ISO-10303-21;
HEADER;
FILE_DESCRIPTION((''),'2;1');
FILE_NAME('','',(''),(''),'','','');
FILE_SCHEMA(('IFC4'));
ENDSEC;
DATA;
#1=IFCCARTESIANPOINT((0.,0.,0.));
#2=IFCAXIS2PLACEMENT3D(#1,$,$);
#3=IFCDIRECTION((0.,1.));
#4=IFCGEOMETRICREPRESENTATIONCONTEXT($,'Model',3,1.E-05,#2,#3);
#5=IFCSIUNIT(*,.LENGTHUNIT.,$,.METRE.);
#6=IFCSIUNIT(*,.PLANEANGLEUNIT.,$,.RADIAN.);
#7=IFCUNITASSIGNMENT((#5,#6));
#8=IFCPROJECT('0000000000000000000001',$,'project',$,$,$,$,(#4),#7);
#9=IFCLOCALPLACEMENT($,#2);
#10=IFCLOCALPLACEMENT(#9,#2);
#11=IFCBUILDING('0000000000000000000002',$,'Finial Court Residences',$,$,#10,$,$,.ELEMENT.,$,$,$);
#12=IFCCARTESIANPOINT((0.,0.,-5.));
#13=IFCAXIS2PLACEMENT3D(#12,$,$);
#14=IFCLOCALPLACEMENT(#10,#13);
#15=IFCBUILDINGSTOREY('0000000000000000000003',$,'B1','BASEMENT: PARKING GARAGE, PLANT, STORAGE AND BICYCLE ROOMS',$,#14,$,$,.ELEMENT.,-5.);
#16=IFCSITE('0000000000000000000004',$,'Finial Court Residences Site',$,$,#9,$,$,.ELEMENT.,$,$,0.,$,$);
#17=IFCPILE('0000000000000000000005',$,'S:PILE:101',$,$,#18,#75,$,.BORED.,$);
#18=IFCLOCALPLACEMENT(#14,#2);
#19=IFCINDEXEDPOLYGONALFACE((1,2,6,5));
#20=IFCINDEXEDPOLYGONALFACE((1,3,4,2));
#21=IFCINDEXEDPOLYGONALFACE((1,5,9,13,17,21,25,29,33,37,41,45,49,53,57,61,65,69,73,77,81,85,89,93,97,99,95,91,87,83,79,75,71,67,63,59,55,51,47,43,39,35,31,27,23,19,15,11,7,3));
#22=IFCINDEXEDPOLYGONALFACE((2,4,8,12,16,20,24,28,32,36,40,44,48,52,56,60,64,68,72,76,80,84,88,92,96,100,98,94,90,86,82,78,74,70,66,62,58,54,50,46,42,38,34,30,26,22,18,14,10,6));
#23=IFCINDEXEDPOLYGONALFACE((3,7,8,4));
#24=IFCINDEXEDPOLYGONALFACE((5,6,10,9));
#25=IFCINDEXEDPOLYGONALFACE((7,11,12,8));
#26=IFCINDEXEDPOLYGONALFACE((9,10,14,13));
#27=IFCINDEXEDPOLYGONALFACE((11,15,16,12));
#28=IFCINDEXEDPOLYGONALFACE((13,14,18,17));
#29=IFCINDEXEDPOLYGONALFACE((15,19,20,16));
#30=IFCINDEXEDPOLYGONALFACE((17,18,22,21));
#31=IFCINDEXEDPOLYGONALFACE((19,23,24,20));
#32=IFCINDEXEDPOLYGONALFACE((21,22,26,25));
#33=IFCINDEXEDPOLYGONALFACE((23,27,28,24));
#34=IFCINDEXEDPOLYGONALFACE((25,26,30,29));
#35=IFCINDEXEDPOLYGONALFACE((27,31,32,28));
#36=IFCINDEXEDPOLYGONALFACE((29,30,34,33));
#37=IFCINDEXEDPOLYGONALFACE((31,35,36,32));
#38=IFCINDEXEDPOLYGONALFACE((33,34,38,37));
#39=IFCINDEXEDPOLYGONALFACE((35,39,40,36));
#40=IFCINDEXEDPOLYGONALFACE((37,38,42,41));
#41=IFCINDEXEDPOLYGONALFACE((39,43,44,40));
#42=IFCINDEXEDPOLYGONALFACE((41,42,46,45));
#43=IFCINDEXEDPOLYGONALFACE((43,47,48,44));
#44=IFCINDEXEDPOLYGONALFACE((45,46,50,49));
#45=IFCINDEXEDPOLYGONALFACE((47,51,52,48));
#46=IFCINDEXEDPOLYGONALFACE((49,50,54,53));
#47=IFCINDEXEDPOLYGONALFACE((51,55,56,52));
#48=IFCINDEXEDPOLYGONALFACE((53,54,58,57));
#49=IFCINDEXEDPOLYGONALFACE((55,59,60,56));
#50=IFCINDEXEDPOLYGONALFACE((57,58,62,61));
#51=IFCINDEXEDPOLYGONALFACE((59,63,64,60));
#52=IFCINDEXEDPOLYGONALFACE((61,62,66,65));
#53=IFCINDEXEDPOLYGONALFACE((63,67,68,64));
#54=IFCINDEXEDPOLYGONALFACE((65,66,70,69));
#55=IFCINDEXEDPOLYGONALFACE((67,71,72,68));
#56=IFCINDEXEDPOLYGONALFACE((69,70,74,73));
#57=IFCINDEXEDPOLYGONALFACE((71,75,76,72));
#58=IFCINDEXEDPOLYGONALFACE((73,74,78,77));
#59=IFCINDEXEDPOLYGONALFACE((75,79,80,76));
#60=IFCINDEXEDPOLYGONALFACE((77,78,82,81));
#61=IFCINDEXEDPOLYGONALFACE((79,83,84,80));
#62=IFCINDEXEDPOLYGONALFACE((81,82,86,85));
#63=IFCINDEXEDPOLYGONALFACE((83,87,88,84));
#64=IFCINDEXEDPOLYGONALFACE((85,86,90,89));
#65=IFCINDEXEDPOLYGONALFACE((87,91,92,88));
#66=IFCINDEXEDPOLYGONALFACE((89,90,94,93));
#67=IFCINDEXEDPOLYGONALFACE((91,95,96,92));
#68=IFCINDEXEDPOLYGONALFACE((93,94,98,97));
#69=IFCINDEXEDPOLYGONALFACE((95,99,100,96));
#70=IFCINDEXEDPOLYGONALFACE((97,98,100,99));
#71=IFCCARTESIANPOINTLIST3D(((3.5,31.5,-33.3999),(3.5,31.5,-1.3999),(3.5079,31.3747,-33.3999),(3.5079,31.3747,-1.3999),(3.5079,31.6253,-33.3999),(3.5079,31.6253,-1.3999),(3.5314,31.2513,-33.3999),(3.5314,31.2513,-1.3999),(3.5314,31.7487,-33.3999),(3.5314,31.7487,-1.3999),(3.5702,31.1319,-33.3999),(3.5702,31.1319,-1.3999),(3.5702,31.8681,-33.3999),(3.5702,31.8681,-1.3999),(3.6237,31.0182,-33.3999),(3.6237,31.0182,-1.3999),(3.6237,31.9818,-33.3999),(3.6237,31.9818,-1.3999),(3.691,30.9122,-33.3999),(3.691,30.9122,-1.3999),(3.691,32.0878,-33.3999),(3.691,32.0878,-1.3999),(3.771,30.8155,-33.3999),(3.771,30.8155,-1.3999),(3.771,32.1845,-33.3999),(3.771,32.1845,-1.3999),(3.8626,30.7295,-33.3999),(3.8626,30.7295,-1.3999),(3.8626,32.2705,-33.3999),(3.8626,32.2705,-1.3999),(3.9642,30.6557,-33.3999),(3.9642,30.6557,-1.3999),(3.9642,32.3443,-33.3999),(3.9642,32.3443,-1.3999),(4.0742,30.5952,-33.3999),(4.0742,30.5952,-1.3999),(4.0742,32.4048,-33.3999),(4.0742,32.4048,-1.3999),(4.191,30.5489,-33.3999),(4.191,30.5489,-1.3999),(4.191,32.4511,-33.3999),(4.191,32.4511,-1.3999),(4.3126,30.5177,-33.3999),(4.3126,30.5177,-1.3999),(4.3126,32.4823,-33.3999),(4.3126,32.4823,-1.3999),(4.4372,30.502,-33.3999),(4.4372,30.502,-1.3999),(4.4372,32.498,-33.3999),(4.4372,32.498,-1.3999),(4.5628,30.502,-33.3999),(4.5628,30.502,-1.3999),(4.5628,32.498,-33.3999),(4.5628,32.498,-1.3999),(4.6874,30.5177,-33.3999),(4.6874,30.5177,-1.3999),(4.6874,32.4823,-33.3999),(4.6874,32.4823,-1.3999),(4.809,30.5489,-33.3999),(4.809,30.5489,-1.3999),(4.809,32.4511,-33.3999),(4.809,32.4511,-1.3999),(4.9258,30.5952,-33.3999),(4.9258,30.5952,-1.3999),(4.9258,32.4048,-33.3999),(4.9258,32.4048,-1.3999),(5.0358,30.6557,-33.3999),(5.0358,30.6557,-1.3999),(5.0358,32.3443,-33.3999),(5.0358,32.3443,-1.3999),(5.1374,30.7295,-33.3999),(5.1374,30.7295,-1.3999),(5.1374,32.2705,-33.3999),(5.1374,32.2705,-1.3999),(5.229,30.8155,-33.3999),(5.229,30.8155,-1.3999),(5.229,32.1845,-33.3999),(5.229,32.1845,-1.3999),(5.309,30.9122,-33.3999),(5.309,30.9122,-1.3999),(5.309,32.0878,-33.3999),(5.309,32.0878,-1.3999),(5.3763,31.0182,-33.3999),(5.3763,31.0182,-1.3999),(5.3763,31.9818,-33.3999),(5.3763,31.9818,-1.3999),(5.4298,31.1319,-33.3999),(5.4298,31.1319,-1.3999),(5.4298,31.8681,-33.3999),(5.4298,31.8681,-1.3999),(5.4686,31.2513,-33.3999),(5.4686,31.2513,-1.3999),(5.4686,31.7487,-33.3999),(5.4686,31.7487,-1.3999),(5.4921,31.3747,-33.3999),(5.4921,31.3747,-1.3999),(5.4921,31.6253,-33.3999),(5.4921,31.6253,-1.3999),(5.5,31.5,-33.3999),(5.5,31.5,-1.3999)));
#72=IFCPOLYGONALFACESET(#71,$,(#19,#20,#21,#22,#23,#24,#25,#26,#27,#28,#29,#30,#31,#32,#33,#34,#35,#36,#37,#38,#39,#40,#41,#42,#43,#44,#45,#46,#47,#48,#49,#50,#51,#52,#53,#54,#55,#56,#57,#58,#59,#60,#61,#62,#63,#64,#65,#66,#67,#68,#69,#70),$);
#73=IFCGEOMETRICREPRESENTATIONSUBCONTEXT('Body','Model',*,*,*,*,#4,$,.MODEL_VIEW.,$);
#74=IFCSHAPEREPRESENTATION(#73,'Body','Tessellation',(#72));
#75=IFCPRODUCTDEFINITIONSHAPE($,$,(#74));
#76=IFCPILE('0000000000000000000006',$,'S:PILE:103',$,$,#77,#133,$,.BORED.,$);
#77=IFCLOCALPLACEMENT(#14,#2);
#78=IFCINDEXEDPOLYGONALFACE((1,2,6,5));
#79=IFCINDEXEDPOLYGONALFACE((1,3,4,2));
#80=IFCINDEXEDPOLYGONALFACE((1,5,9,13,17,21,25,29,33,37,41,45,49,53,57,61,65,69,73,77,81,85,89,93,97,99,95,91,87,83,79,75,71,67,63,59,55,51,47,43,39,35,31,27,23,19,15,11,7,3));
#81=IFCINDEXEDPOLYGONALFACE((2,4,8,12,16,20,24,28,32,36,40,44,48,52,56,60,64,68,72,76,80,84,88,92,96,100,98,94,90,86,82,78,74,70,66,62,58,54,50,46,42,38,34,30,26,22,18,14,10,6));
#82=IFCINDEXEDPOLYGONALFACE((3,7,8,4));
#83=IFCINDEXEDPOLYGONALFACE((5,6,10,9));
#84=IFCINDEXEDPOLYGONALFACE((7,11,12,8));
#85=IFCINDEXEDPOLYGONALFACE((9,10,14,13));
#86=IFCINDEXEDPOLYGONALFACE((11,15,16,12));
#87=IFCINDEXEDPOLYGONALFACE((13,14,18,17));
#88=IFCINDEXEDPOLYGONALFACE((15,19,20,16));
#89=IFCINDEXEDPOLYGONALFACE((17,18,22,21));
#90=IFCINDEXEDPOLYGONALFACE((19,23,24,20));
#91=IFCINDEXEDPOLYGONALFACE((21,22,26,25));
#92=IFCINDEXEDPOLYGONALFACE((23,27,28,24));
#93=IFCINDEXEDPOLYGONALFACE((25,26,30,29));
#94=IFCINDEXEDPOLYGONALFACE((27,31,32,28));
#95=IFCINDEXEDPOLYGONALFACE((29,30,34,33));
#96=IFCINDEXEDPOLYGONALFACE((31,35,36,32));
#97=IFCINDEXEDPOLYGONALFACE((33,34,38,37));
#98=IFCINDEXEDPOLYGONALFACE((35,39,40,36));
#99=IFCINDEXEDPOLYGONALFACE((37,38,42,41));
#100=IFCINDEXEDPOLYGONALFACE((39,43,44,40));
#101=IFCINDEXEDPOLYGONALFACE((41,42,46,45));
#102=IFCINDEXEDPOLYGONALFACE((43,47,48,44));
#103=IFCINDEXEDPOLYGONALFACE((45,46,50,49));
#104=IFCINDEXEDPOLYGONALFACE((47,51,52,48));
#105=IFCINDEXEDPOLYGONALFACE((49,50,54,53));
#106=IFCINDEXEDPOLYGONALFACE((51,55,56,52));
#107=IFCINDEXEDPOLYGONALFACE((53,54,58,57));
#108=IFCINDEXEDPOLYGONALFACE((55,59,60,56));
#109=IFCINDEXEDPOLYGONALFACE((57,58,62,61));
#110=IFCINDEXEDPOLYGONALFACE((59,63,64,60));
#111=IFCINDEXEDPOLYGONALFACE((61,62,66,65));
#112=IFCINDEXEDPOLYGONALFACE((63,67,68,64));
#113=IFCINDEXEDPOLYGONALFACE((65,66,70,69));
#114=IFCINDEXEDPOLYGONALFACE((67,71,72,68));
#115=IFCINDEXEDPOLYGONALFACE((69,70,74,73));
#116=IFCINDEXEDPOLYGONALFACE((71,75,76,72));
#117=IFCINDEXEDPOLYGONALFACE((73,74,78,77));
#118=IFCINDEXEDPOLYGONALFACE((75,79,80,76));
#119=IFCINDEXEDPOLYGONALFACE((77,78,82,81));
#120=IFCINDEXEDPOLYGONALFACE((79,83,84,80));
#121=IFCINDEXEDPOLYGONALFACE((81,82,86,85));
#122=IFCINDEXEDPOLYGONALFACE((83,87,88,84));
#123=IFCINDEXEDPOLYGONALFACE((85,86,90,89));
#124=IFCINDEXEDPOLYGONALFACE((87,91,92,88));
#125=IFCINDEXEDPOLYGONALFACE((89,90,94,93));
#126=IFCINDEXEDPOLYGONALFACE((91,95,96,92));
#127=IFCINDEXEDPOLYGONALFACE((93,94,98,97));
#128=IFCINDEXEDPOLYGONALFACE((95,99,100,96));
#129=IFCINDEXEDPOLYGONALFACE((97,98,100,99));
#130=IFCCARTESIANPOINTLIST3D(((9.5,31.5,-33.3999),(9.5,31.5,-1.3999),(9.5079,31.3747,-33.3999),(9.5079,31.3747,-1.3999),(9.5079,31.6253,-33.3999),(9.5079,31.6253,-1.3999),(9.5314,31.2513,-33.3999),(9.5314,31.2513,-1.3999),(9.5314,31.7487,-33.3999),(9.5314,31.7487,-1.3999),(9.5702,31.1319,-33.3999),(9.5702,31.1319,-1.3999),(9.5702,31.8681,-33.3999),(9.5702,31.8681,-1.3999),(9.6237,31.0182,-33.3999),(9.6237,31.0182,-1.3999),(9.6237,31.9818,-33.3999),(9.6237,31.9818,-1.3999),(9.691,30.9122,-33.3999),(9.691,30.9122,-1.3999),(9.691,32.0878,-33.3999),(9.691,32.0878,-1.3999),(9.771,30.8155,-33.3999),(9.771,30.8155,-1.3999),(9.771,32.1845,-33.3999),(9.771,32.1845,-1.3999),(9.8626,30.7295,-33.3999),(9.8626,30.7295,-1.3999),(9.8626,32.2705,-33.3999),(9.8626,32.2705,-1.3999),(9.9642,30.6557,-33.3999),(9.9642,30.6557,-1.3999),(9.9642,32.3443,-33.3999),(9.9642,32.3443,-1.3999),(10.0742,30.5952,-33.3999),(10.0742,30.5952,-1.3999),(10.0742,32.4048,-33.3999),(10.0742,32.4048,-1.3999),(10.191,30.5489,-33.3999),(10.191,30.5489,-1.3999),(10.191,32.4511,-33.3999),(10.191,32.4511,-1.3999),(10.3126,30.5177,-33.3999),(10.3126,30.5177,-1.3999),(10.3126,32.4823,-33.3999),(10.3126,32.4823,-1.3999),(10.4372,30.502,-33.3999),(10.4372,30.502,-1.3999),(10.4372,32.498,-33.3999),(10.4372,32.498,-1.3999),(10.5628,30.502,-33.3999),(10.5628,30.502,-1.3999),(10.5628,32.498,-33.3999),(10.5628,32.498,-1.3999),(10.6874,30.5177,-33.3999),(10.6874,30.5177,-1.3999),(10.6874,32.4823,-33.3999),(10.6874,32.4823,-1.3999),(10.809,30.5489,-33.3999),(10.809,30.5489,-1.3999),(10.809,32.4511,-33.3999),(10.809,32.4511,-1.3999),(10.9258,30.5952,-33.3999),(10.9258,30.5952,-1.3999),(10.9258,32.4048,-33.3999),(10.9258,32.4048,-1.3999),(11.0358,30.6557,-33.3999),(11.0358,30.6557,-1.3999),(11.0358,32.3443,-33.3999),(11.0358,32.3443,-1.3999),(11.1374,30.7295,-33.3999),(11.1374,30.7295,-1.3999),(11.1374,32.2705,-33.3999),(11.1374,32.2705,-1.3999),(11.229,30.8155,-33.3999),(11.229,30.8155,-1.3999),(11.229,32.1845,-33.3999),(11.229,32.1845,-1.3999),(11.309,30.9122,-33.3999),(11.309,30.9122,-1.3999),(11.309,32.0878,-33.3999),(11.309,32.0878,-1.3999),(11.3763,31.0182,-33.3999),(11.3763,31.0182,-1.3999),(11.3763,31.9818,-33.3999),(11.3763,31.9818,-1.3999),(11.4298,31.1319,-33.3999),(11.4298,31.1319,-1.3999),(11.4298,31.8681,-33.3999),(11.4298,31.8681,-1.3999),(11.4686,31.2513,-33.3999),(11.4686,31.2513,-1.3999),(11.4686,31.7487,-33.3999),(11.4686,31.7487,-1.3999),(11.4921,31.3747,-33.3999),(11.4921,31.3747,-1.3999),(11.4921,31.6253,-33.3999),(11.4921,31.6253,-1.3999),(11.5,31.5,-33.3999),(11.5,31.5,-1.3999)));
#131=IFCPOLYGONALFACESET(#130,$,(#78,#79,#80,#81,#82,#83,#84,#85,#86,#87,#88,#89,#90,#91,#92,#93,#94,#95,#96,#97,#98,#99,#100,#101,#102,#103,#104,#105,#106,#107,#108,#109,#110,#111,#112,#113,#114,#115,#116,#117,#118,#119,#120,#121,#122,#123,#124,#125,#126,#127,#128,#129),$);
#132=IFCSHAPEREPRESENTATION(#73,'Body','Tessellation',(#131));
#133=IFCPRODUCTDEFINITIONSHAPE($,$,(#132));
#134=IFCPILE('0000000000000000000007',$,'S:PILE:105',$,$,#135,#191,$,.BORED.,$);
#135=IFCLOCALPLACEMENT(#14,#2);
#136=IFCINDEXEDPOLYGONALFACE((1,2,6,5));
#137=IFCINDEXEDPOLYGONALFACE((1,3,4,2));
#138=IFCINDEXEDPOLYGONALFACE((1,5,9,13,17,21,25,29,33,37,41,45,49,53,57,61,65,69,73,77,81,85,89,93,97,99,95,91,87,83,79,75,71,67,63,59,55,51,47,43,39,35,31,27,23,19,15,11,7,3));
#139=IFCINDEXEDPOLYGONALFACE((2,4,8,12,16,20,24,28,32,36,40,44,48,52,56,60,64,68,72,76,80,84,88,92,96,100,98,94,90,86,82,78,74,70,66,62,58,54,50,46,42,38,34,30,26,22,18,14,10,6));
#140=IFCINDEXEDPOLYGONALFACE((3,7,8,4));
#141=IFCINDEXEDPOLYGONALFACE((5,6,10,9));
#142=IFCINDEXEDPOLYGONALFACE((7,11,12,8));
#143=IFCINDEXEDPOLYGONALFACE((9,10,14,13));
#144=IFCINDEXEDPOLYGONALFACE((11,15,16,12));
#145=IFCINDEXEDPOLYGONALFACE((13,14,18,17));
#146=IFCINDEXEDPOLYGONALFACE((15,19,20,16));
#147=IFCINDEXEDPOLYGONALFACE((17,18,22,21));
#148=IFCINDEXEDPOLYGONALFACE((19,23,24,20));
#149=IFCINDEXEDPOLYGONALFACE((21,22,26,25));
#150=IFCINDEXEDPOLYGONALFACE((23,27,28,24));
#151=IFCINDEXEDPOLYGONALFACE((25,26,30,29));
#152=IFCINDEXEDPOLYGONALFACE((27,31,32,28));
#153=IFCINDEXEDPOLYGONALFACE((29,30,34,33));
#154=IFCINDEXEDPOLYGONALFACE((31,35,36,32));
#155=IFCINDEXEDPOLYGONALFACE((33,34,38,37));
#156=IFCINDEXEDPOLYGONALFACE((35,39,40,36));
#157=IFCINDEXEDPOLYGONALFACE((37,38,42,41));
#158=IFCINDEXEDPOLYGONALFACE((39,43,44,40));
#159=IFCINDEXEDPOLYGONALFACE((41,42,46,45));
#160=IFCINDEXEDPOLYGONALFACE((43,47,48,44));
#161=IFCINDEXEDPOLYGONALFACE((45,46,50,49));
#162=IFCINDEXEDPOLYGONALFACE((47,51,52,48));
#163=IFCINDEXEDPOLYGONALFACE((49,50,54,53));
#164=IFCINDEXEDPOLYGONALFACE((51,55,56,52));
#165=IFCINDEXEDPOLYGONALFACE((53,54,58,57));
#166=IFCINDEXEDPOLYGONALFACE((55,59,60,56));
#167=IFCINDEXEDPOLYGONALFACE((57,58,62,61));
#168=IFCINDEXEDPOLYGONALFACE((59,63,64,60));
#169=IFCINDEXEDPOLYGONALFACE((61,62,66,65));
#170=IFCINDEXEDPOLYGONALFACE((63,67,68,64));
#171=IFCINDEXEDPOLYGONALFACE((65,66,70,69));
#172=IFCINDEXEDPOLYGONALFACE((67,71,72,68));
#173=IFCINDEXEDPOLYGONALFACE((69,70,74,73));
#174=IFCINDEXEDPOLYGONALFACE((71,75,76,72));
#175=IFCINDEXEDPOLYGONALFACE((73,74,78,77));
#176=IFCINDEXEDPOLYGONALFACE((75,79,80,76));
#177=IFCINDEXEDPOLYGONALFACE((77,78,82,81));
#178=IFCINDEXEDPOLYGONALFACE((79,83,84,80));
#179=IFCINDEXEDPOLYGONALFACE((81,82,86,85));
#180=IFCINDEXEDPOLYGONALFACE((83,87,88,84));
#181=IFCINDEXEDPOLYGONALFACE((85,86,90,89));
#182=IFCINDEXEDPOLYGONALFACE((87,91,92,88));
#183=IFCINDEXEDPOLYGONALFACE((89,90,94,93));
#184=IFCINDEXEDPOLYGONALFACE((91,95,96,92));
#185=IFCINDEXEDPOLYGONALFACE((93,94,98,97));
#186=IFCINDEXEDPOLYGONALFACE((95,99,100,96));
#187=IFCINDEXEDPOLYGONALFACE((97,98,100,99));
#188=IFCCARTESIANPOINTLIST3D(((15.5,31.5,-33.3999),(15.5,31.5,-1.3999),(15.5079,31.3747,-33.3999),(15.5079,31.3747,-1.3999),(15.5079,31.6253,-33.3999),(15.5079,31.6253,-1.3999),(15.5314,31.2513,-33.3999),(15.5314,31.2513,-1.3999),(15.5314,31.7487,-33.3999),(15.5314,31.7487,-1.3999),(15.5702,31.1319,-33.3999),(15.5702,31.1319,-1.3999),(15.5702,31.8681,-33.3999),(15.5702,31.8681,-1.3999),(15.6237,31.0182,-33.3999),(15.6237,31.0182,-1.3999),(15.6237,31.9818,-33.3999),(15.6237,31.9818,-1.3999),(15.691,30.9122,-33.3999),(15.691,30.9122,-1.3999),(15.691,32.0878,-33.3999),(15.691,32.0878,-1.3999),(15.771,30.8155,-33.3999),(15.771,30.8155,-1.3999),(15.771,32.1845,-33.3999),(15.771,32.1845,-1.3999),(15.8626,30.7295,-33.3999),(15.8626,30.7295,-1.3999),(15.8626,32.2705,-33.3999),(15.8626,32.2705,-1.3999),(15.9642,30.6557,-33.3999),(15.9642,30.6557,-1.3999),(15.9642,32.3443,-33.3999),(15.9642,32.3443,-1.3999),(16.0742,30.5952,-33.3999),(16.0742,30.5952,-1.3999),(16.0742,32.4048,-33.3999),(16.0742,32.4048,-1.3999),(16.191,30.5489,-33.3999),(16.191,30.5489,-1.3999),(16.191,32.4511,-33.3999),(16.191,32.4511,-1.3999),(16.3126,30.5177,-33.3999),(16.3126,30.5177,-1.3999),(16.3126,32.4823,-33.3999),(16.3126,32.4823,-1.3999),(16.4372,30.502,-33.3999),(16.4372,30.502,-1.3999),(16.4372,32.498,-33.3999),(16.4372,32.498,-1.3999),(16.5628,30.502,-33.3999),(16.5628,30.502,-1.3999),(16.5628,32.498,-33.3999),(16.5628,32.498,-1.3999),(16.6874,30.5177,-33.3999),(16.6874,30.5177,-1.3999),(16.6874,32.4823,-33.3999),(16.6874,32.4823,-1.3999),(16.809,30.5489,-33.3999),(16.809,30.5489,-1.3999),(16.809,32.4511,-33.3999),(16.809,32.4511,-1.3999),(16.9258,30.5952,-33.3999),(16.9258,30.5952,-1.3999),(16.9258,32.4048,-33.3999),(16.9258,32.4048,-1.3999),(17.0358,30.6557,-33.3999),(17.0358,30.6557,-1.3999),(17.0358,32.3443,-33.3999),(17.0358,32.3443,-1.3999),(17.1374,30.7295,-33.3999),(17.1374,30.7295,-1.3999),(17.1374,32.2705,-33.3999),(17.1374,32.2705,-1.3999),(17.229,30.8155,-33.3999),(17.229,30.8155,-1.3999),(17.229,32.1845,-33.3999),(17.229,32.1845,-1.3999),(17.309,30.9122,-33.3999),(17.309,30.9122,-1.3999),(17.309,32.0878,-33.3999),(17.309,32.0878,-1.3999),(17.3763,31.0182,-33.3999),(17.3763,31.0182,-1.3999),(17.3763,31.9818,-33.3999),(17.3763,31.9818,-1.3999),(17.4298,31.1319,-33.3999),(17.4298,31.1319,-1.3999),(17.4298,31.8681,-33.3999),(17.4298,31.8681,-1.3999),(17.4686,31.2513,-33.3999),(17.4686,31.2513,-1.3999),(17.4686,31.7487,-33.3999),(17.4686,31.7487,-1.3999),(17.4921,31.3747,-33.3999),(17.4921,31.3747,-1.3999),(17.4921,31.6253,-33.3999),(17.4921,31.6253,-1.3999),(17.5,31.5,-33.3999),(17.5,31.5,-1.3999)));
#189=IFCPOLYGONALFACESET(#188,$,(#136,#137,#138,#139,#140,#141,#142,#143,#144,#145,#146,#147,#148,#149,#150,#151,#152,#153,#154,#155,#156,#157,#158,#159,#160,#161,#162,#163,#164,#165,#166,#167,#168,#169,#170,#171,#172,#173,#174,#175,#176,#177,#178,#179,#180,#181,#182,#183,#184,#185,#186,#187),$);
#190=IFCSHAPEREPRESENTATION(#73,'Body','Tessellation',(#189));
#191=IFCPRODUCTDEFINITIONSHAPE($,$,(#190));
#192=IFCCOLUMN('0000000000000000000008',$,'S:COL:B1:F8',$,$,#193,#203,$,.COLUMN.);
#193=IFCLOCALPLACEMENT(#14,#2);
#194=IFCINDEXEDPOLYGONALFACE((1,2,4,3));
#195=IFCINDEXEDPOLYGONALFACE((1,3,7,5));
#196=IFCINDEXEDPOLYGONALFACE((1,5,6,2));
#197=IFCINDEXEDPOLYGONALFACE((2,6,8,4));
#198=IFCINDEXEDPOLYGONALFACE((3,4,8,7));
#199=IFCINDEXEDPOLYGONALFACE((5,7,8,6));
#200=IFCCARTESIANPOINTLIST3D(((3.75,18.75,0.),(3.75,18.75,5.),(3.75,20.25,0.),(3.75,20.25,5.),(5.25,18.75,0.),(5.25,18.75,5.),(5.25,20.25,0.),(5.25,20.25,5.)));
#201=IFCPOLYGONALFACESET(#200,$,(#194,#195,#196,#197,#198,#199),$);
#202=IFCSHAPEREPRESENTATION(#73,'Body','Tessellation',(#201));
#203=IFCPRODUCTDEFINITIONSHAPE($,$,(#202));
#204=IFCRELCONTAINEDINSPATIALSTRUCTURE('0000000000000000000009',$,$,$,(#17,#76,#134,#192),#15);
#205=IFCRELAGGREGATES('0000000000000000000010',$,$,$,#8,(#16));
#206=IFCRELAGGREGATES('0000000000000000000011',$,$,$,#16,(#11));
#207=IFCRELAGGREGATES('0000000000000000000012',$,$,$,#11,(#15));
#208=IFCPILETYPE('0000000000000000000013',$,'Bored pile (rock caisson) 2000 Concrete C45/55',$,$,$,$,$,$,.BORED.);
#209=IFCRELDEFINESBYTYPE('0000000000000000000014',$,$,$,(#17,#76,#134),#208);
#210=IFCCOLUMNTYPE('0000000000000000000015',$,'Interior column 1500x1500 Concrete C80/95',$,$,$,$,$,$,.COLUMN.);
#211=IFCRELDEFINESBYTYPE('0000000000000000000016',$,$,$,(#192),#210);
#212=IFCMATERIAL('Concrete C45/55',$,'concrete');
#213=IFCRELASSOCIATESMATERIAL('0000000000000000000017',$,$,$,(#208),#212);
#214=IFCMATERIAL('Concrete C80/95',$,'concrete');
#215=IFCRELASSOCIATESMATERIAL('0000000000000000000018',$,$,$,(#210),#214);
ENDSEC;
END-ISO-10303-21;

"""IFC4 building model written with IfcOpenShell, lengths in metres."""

from ifc_helpers import new_model, si_unit, direction, frame, origin, origin_2d, place, context, subcontext, project, spatial, rectangle, circle, extrude, material, material_profile, profile_set, type_object, element, save


model = new_model("IFC4")

# Units and contexts
model_context = context("Model", 3, precision=1e-05, world=origin(), true_north=direction((0.0, 1.0)))
body_context = subcontext(model_context, "Body", "Model", "MODEL_VIEW")
ifc_project = project(units=[si_unit("LENGTHUNIT", "METRE"), si_unit("PLANEANGLEUNIT", "RADIAN")], contexts=[model_context])

# Site, building, storey
site_placement = place(None, origin())
site = spatial("IfcSite", under=ifc_project, at=site_placement, Name="Finial Court Residences Site", CompositionType="ELEMENT", RefElevation=0.0)
building_placement = place(site_placement, origin())
building = spatial("IfcBuilding", under=site, at=building_placement, Name="Finial Court Residences", CompositionType="ELEMENT")
storey_placement = place(building_placement, frame((0.0, 0.0, -5.0)))
storey = spatial("IfcBuildingStorey", under=building, at=storey_placement, Name="B1", Description="BASEMENT: PARKING GARAGE, PLANT, STORAGE AND BICYCLE ROOMS", CompositionType="ELEMENT", Elevation=-5.0)

# Piles
ifc_material_1 = material(Name="Concrete C45/55", Category="concrete")
ifc_material_profile_1 = material_profile(ifc_material_1, circle(Radius=1.0, at=origin_2d()), Name="D2000")
ifc_profile_set_1 = profile_set([ifc_material_profile_1], Name="Concrete C45/55")
pile_type = type_object("IfcPileType", Name="Bored pile (rock caisson) 2000 Concrete C45/55", PredefinedType="BORED", material=ifc_profile_set_1)
for number, where, z_axis, x_axis, name in (
    (1, (4.5, 31.5, -1.3999), (0.0, 0.0, -1.0), (1.0, 0.0, 0.0), "S:PILE:101"),
    (2, (10.5, 31.5, -1.3999), (0.0, 0.0, -1.0), (1.0, 0.0, 0.0), "S:PILE:103"),
    (3, (16.5, 31.5, -1.3999), (0.0, 0.0, -1.0), (1.0, 0.0, 0.0), "S:PILE:105"),
):
    element("IfcPile", number, at=place(storey_placement, frame(where, z_axis=z_axis, x_axis=x_axis)), inside=storey, type_object=pile_type, Name=name, PredefinedType="BORED", context=body_context, shape_type="SweptSolid", body=[
        extrude(circle(Radius=1.0, at=origin_2d()), origin(), (0.0, 0.0, 1.0), 32.0),
    ])

# Column
ifc_material_2 = material(Name="Concrete C80/95", Category="concrete")
ifc_material_profile_2 = material_profile(ifc_material_2, rectangle(XDim=1.5, YDim=1.5, at=origin_2d()), Name="1500x1500")
ifc_profile_set_2 = profile_set([ifc_material_profile_2], Name="Concrete C80/95")
column_type_1 = type_object("IfcColumnType", Name="Interior column 1500x1500 Concrete C80/95", PredefinedType="COLUMN", material=ifc_profile_set_2)
for number, where, z_axis, x_axis, name in (
    (4, (4.5, 19.5, 0.0), (0.0, 0.0, 1.0), (1.0, 0.0, 0.0), "S:COL:B1:F8"),
):
    element("IfcColumn", number, at=place(storey_placement, frame(where, z_axis=z_axis, x_axis=x_axis)), inside=storey, type_object=column_type_1, Name=name, PredefinedType="COLUMN", context=body_context, shape_type="SweptSolid", body=[
        extrude(rectangle(XDim=1.5, YDim=1.5, at=origin_2d()), origin(), (0.0, 0.0, 1.0), 5.0),
    ])

save(model, "model.ifc")
